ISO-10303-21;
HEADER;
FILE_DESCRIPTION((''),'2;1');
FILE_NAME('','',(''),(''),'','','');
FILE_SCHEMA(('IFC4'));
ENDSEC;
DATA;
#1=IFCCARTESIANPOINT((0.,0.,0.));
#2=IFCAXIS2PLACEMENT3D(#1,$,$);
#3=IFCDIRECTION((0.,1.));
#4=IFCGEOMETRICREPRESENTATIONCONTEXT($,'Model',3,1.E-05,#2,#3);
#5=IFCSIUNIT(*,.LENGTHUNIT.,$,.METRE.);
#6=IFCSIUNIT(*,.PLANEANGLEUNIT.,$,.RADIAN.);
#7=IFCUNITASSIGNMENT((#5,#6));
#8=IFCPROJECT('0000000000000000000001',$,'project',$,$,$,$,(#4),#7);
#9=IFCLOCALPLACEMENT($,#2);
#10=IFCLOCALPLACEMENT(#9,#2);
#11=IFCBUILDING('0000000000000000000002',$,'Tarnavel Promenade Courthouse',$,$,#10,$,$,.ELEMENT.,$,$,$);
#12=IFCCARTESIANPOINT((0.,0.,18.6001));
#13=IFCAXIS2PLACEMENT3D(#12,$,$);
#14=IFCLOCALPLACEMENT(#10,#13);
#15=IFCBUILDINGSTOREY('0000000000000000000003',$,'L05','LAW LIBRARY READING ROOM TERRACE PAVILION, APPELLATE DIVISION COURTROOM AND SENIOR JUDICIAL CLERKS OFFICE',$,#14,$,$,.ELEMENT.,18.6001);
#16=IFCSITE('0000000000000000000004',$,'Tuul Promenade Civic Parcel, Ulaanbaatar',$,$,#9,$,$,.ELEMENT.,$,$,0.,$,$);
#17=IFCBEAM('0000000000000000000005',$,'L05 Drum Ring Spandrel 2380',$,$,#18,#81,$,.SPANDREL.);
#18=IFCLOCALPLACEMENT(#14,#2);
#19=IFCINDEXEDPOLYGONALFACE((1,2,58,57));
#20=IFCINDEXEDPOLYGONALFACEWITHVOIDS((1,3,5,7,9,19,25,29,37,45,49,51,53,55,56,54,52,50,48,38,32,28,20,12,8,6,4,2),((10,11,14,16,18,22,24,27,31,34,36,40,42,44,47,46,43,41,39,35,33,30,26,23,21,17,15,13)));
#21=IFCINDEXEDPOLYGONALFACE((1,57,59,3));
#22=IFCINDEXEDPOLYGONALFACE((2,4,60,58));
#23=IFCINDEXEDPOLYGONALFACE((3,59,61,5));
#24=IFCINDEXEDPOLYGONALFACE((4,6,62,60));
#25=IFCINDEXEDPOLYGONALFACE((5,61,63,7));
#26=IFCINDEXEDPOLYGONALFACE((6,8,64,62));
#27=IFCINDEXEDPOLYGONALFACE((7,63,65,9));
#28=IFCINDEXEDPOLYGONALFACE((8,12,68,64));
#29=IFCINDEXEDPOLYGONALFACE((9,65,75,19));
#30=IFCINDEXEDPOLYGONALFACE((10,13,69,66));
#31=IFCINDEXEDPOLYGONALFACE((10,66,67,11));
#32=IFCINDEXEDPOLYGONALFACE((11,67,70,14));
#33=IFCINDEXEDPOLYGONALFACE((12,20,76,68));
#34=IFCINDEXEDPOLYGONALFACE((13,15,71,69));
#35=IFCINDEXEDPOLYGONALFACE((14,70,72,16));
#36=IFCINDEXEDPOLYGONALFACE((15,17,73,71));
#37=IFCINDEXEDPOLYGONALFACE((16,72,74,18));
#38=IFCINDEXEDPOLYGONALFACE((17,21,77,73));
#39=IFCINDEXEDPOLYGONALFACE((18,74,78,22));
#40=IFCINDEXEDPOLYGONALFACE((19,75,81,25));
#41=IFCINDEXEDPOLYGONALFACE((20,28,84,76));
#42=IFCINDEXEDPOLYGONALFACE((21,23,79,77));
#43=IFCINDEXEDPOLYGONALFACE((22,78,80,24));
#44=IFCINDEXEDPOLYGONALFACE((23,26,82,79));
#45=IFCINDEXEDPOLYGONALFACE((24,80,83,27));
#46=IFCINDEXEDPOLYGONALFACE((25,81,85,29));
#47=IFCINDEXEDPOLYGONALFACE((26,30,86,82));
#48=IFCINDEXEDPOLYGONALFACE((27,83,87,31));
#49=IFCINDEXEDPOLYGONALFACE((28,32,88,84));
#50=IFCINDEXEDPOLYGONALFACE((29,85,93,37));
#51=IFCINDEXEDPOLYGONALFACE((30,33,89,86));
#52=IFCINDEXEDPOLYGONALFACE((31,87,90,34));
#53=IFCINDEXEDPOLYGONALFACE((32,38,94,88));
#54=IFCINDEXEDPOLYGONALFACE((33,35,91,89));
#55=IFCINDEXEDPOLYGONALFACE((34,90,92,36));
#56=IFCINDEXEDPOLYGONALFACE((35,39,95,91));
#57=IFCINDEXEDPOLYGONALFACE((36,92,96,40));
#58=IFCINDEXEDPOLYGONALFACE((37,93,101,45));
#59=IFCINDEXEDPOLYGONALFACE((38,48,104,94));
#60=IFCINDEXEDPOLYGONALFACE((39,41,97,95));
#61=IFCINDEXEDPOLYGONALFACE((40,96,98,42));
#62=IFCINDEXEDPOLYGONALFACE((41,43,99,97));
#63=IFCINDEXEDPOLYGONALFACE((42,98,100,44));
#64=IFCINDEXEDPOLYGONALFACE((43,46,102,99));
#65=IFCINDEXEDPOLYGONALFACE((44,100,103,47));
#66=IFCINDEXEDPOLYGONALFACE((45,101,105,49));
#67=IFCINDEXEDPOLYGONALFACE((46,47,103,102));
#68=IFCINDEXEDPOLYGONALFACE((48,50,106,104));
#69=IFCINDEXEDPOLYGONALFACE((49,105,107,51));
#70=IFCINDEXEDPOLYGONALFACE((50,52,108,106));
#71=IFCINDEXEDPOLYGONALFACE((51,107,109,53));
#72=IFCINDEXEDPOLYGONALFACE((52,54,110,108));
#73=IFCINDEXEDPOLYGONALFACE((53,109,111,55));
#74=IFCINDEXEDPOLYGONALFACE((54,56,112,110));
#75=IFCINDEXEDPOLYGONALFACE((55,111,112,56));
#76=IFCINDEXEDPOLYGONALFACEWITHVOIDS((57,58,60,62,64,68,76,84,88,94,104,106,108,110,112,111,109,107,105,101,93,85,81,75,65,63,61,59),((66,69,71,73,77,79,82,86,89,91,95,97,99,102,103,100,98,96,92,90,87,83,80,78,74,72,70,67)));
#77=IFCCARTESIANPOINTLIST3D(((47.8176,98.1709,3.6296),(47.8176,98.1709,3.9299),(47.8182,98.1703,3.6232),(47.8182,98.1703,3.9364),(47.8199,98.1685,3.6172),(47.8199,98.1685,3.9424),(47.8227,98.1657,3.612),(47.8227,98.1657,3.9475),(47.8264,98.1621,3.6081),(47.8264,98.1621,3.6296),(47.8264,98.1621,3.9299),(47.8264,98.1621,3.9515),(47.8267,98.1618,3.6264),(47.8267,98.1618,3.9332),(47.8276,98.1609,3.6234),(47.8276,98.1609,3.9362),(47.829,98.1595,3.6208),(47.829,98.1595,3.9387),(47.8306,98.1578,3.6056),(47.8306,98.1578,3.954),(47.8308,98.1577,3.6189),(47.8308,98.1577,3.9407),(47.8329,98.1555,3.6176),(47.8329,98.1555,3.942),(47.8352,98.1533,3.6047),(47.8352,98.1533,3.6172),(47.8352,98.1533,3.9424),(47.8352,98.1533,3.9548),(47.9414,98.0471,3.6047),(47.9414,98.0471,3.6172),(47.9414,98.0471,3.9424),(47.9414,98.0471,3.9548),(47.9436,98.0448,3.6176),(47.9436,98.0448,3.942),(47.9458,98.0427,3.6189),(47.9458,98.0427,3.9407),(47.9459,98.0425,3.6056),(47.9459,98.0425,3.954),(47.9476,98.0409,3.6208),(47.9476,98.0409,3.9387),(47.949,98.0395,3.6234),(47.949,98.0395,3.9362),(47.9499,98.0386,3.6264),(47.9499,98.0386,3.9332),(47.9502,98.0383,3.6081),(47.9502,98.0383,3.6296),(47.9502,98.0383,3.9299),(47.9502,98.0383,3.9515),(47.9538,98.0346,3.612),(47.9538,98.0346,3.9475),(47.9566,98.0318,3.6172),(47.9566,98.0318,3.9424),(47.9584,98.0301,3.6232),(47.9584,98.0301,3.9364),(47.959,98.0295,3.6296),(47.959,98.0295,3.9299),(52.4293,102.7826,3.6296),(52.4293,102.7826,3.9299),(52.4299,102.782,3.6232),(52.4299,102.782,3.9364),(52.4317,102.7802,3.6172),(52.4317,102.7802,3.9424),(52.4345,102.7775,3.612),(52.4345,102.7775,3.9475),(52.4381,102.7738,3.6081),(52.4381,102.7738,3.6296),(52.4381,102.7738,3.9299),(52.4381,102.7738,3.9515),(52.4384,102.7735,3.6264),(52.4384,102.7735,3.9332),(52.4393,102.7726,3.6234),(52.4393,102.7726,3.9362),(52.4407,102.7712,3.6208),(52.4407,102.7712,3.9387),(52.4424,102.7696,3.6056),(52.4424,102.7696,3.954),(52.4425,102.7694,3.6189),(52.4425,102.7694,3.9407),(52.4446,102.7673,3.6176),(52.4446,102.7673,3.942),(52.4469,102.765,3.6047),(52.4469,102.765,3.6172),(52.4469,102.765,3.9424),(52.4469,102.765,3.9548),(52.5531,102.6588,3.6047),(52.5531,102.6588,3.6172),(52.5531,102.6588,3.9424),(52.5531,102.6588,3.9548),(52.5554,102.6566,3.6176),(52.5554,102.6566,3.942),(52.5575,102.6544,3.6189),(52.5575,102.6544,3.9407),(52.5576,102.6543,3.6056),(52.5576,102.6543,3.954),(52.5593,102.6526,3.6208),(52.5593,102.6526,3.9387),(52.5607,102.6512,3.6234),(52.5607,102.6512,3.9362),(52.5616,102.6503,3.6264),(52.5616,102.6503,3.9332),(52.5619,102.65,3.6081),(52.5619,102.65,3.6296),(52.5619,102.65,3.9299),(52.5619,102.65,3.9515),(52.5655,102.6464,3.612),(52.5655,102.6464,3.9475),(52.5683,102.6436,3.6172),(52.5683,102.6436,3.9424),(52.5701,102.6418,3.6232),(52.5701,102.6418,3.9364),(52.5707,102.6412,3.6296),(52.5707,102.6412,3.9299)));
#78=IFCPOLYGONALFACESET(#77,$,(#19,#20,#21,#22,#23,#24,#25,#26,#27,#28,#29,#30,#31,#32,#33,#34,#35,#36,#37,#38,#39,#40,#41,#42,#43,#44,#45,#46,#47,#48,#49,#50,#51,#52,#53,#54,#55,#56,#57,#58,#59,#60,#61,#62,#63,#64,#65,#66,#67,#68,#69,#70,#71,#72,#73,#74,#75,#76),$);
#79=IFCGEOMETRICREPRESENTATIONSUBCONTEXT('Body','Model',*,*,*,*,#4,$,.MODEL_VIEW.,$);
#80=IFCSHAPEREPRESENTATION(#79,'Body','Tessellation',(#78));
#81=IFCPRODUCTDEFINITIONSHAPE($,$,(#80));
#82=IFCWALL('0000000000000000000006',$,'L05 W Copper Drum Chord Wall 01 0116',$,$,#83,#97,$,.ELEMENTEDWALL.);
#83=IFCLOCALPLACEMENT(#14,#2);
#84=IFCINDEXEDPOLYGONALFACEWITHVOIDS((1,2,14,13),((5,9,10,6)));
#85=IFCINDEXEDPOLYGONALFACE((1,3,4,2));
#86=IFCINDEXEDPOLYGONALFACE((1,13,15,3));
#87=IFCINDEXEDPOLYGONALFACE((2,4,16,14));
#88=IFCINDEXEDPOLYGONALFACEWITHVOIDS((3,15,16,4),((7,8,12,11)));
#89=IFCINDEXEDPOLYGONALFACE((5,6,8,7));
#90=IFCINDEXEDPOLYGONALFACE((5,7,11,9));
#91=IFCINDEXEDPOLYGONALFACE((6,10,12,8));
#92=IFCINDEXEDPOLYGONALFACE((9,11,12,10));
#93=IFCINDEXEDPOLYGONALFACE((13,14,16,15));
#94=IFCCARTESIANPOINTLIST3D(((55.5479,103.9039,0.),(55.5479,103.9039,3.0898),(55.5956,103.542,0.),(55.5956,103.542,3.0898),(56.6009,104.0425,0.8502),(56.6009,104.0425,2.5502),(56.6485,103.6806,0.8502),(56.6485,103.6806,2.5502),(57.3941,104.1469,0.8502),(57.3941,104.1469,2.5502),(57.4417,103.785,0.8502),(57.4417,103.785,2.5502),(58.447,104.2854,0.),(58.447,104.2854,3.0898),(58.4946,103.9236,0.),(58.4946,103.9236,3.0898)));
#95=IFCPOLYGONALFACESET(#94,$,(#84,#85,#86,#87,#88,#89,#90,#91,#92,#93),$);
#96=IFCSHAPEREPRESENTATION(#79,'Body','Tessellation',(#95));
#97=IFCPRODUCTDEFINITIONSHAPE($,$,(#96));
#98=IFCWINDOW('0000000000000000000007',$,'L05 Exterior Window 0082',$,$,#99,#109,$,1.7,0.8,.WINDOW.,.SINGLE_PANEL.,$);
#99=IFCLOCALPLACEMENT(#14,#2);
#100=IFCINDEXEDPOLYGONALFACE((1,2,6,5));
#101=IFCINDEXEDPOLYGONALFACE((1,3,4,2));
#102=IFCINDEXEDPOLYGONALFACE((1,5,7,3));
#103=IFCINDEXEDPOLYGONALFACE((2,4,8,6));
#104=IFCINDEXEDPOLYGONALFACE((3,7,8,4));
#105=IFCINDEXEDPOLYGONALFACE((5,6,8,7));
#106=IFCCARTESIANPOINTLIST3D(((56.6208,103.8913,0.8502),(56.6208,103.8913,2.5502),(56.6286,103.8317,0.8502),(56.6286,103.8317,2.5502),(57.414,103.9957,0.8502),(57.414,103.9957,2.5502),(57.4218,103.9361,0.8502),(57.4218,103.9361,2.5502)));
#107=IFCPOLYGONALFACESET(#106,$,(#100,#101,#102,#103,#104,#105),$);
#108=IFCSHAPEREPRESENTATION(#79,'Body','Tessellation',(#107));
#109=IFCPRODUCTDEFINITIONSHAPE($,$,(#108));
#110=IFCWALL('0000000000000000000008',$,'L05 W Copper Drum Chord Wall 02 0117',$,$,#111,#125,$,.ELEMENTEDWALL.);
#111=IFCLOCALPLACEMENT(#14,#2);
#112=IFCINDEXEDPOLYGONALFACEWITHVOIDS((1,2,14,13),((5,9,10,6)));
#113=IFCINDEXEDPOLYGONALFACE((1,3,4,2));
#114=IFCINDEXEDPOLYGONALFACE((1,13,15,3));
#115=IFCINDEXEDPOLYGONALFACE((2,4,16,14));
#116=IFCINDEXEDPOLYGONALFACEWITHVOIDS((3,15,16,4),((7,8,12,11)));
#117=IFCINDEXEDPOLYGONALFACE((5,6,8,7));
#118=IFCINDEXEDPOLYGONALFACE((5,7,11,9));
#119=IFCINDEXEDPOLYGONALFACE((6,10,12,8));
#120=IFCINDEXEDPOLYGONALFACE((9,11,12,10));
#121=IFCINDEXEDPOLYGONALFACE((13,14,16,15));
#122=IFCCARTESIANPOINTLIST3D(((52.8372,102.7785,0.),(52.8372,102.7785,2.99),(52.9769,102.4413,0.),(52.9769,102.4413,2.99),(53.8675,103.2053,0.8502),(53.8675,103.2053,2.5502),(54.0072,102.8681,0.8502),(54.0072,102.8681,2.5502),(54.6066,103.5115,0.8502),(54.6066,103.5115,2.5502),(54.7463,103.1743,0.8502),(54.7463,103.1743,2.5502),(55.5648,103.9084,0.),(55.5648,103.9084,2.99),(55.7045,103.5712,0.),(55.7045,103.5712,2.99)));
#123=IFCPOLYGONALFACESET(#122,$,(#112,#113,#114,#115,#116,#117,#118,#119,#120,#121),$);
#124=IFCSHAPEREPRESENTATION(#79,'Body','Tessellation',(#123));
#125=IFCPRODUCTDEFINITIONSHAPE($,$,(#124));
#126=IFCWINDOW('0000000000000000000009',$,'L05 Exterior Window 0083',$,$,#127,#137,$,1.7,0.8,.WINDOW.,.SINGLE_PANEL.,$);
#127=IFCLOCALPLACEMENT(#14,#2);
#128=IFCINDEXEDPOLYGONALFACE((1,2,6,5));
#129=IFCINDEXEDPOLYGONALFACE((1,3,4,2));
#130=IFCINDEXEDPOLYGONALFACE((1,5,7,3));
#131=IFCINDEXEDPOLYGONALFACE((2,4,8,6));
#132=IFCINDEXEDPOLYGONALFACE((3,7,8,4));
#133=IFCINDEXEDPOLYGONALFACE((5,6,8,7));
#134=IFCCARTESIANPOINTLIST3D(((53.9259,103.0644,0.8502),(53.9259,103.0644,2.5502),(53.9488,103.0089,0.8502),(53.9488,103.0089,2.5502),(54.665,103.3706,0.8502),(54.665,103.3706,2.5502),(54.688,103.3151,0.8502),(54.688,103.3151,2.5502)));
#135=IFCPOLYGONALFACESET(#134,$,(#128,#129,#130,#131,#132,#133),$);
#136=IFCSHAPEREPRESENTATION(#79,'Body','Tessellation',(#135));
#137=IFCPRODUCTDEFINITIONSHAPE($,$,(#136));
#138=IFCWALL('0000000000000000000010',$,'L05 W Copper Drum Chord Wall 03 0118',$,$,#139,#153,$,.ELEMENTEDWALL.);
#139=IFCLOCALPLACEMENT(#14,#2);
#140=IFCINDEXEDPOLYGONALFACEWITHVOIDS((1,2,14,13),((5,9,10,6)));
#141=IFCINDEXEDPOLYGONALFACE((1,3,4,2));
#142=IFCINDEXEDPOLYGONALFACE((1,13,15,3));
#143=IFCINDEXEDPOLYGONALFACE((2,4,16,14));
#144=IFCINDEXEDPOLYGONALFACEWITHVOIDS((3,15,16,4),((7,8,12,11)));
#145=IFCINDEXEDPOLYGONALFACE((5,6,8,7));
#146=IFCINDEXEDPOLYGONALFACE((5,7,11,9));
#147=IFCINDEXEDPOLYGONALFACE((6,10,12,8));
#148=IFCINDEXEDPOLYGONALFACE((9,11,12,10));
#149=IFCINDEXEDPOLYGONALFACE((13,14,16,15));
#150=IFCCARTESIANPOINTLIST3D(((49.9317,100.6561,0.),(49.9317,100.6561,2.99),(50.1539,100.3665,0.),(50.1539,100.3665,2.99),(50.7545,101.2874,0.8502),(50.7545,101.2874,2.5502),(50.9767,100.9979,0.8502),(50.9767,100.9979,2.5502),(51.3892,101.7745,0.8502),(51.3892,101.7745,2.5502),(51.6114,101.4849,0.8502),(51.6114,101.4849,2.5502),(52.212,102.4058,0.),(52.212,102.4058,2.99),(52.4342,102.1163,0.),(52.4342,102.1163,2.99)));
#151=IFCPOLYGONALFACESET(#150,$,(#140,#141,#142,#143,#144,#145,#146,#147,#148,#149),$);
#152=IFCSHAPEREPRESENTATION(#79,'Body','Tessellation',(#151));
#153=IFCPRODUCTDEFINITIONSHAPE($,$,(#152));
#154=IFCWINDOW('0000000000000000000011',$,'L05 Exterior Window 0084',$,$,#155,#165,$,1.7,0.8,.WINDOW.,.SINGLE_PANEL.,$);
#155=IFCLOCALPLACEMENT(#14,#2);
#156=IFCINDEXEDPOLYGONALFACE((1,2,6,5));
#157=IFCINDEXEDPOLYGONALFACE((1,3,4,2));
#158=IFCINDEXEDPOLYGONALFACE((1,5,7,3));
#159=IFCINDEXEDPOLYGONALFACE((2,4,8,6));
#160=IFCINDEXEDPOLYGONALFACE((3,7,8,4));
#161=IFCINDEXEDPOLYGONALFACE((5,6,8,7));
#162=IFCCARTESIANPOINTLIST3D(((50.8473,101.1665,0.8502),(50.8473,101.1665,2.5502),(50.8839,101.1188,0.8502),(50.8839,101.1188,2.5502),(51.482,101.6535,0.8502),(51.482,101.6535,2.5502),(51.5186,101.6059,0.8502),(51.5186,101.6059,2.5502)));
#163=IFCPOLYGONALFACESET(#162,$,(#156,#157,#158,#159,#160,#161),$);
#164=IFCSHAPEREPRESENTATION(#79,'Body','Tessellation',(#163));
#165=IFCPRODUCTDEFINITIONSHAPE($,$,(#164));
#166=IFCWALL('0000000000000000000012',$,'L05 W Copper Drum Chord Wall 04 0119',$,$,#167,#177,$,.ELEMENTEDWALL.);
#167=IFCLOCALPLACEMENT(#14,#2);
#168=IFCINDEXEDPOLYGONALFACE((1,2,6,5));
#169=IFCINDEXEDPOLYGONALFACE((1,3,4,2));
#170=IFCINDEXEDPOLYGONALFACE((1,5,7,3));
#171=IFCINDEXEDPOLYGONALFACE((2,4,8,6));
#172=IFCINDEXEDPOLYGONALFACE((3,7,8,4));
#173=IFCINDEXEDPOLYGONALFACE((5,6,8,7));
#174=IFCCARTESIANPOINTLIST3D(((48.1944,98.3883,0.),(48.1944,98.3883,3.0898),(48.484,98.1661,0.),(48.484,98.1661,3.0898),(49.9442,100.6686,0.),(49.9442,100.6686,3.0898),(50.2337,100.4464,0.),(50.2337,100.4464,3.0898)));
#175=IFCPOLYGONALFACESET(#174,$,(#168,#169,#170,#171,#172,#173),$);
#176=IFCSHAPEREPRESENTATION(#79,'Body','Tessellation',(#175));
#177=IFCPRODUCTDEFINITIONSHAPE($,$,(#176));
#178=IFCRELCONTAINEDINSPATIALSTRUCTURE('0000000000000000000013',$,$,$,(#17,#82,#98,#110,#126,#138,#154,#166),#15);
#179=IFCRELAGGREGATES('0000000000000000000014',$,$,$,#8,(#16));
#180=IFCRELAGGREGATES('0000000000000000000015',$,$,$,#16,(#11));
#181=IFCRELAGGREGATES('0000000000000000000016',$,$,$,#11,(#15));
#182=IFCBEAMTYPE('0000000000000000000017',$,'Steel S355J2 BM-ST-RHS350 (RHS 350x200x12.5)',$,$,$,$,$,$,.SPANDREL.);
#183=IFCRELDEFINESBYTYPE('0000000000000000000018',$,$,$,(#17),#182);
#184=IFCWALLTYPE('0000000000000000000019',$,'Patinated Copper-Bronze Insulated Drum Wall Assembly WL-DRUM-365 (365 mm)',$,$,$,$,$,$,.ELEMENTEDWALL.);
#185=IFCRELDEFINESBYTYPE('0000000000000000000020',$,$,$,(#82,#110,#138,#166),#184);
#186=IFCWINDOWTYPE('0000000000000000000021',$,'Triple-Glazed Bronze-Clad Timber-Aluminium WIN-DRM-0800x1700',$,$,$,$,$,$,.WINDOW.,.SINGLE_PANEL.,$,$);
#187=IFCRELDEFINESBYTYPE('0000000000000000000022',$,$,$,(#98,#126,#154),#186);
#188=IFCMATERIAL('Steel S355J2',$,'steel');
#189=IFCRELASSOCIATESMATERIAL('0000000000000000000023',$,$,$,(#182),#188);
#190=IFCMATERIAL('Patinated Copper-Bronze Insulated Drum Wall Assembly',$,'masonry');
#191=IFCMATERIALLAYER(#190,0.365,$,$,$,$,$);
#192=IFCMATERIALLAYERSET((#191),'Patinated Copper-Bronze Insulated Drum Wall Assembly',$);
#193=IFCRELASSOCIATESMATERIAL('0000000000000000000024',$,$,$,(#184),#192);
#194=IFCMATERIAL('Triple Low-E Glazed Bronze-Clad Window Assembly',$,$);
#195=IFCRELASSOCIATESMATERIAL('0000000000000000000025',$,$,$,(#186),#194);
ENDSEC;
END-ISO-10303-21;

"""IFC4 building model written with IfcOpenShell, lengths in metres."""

from ifc_helpers import new_model, si_unit, direction, frame, frame_2d, origin, origin_2d, place, context, subcontext, project, spatial, rectangle, hollow_rectangle, extrude, material, layer, layer_set, material_profile, profile_set, type_object, element, fill, save


model = new_model("IFC4")

# Units and contexts
model_context = context("Model", 3, precision=1e-05, world=origin(), true_north=direction((0.0, 1.0)))
body_context = subcontext(model_context, "Body", "Model", "MODEL_VIEW")
ifc_project = project(units=[si_unit("LENGTHUNIT", "METRE"), si_unit("PLANEANGLEUNIT", "RADIAN")], contexts=[model_context])

# Site, building, storey
site_placement = place(None, origin())
site = spatial("IfcSite", under=ifc_project, at=site_placement, Name="Tuul Promenade Civic Parcel, Ulaanbaatar", CompositionType="ELEMENT", RefElevation=0.0)
building_placement = place(site_placement, origin())
building = spatial("IfcBuilding", under=site, at=building_placement, Name="Tarnavel Promenade Courthouse", CompositionType="ELEMENT")
storey_placement = place(building_placement, frame((0.0, 0.0, 18.6001)))
storey = spatial("IfcBuildingStorey", under=building, at=storey_placement, Name="L05", Description="LAW LIBRARY READING ROOM TERRACE PAVILION, APPELLATE DIVISION COURTROOM AND SENIOR JUDICIAL CLERKS OFFICE", CompositionType="ELEMENT", Elevation=18.6001)

# Beam
ifc_material_1 = material(Name="Steel S355J2", Category="steel")
ifc_material_profile_1 = material_profile(ifc_material_1, hollow_rectangle(XDim=0.2, YDim=0.3501, WallThickness=0.0125, InnerFilletRadius=0.0125, OuterFilletRadius=0.0249, at=origin_2d()), Name="RHS 350x200x12.5")
ifc_profile_set_1 = profile_set([ifc_material_profile_1], Name="Steel S355J2")
beam_type_1 = type_object("IfcBeamType", Name="Steel S355J2 BM-ST-RHS350 (RHS 350x200x12.5)", PredefinedType="SPANDREL", material=ifc_profile_set_1)
beam_1_placement = place(storey_placement, frame((52.5, 102.7119, 3.7798), z_axis=(-0.707107, -0.707107, 0.0), x_axis=(0.707107, -0.707107, 0.0)))
element("IfcBeam", 1, at=beam_1_placement, inside=storey, type_object=beam_type_1, Name="L05 Drum Ring Spandrel 2380", PredefinedType="SPANDREL", context=body_context, shape_type="SweptSolid", body=[
    extrude(hollow_rectangle(XDim=0.2, YDim=0.3501, WallThickness=0.0125, InnerFilletRadius=0.0125, OuterFilletRadius=0.0249, at=origin_2d()), origin(), (0.0, 0.0, 1.0), 6.522),
])

# Walls, openings, windows
ifc_material_2 = material(Name="Patinated Copper-Bronze Insulated Drum Wall Assembly", Category="masonry")
ifc_layer_1 = layer(ifc_material_2, 0.365)
ifc_layer_set_1 = layer_set([ifc_layer_1], Name="Patinated Copper-Bronze Insulated Drum Wall Assembly")
wall_type = type_object("IfcWallType", Name="Patinated Copper-Bronze Insulated Drum Wall Assembly WL-DRUM-365 (365 mm)", PredefinedType="ELEMENTEDWALL", material=ifc_layer_set_1)
wall_1_placement = place(storey_placement, frame((58.4707, 104.1045, 0.0), z_axis=(0.0, 0.0, 1.0), x_axis=(-0.991449, -0.130496, 0.0)))
wall_1 = element("IfcWall", 2, at=wall_1_placement, inside=storey, type_object=wall_type, Name="L05 W Copper Drum Chord Wall 01 0116", PredefinedType="ELEMENTEDWALL", context=body_context, shape_type="SweptSolid", body=[
    extrude(rectangle(XDim=2.9241, YDim=0.365, at=frame_2d((1.4619, 0.0))), origin(), (0.0, 0.0, 1.0), 3.0898),
])
opening_1_placement = place(wall_1_placement, frame((1.062, 0.0, 0.8501)))
opening_1 = element("IfcOpeningElement", 3, at=opening_1_placement, cuts=wall_1, PredefinedType="OPENING", context=body_context, shape_type="SweptSolid", body=[
    extrude(rectangle(XDim=0.8, YDim=1.7, at=frame_2d((0.3999, 0.8501))), frame((0.0, 0.1924, 0.0), z_axis=(0.0, -1.0, 0.0), x_axis=(1.0, 0.0, 0.0)), (0.0, 0.0, 1.0), 0.385),
])
ifc_material_3 = material(Name="Triple Low-E Glazed Bronze-Clad Window Assembly")
window_type = type_object("IfcWindowType", Name="Triple-Glazed Bronze-Clad Timber-Aluminium WIN-DRM-0800x1700", PartitioningType="SINGLE_PANEL", PredefinedType="WINDOW", material=ifc_material_3)
window_1_placement = place(opening_1_placement, origin())
window_1 = element("IfcWindow", 4, at=window_1_placement, inside=storey, type_object=window_type, Name="L05 Exterior Window 0082", OverallHeight=1.7, OverallWidth=0.8, PartitioningType="SINGLE_PANEL", PredefinedType="WINDOW", context=body_context, shape_type="SweptSolid", body=[
    extrude(rectangle(XDim=0.8, YDim=1.7, at=frame_2d((0.3999, 0.8501))), frame((0.0, 0.03, 0.0), z_axis=(0.0, -1.0, 0.0), x_axis=(1.0, 0.0, 0.0)), (0.0, 0.0, 1.0), 0.0601),
])
fill(opening_1, window_1)
wall_2_placement = place(storey_placement, frame((55.6345, 103.7397, 0.0), z_axis=(0.0, 0.0, 1.0), x_axis=(-0.923868, -0.382712, 0.0)))
wall_2 = element("IfcWall", 5, at=wall_2_placement, inside=storey, type_object=wall_type, Name="L05 W Copper Drum Chord Wall 02 0117", PredefinedType="ELEMENTEDWALL", context=body_context, shape_type="SweptSolid", body=[
    extrude(rectangle(XDim=2.9524, YDim=0.365, at=frame_2d((1.4761, 0.0))), origin(), (0.0, 0.0, 1.0), 2.99),
])
opening_2_placement = place(wall_2_placement, frame((1.0371, 0.0, 0.8501)))
opening_2 = element("IfcOpeningElement", 6, at=opening_2_placement, cuts=wall_2, PredefinedType="OPENING", context=body_context, shape_type="SweptSolid", body=[
    extrude(rectangle(XDim=0.8, YDim=1.7, at=frame_2d((0.3999, 0.8501))), frame((0.0, 0.1924, 0.0), z_axis=(0.0, -1.0, 0.0), x_axis=(1.0, 0.0, 0.0)), (0.0, 0.0, 1.0), 0.385),
])
window_2_placement = place(opening_2_placement, origin())
window_2 = element("IfcWindow", 7, at=window_2_placement, inside=storey, type_object=window_type, Name="L05 Exterior Window 0083", OverallHeight=1.7, OverallWidth=0.8, PartitioningType="SINGLE_PANEL", PredefinedType="WINDOW", context=body_context, shape_type="SweptSolid", body=[
    extrude(rectangle(XDim=0.8, YDim=1.7, at=frame_2d((0.3999, 0.8501))), frame((0.0, 0.03, 0.0), z_axis=(0.0, -1.0, 0.0), x_axis=(1.0, 0.0, 0.0)), (0.0, 0.0, 1.0), 0.0601),
])
fill(opening_2, window_2)
wall_3_placement = place(storey_placement, frame((52.323, 102.261, 0.0), z_axis=(0.0, 0.0, 1.0), x_axis=(-0.793347, -0.60877, 0.0)))
wall_3 = element("IfcWall", 8, at=wall_3_placement, inside=storey, type_object=wall_type, Name="L05 W Copper Drum Chord Wall 03 0118", PredefinedType="ELEMENTEDWALL", context=body_context, shape_type="SweptSolid", body=[
    extrude(rectangle(XDim=2.8743, YDim=0.365, at=frame_2d((1.437, 0.0))), origin(), (0.0, 0.0, 1.0), 2.99),
])
opening_3_placement = place(wall_3_placement, frame((1.0371, 0.0, 0.8501)))
opening_3 = element("IfcOpeningElement", 9, at=opening_3_placement, cuts=wall_3, PredefinedType="OPENING", context=body_context, shape_type="SweptSolid", body=[
    extrude(rectangle(XDim=0.8, YDim=1.7, at=frame_2d((0.3999, 0.8501))), frame((0.0, 0.1924, 0.0), z_axis=(0.0, -1.0, 0.0), x_axis=(1.0, 0.0, 0.0)), (0.0, 0.0, 1.0), 0.385),
])
window_3_placement = place(opening_3_placement, origin())
window_3 = element("IfcWindow", 10, at=window_3_placement, inside=storey, type_object=window_type, Name="L05 Exterior Window 0084", OverallHeight=1.7, OverallWidth=0.8, PartitioningType="SINGLE_PANEL", PredefinedType="WINDOW", context=body_context, shape_type="SweptSolid", body=[
    extrude(rectangle(XDim=0.8, YDim=1.7, at=frame_2d((0.3999, 0.8501))), frame((0.0, 0.03, 0.0), z_axis=(0.0, -1.0, 0.0), x_axis=(1.0, 0.0, 0.0)), (0.0, 0.0, 1.0), 0.0601),
])
fill(opening_3, window_3)

# Wall
wall_4_placement = place(storey_placement, frame((50.0889, 100.5574, 0.0), z_axis=(0.0, 0.0, 1.0), x_axis=(-0.60877, -0.793347, 0.0)))
element("IfcWall", 11, at=wall_4_placement, inside=storey, type_object=wall_type, Name="L05 W Copper Drum Chord Wall 04 0119", PredefinedType="ELEMENTEDWALL", context=body_context, shape_type="SweptSolid", body=[
    extrude(rectangle(XDim=2.8743, YDim=0.365, at=frame_2d((1.437, 0.0))), origin(), (0.0, 0.0, 1.0), 3.0898),
])

save(model, "model.ifc")
